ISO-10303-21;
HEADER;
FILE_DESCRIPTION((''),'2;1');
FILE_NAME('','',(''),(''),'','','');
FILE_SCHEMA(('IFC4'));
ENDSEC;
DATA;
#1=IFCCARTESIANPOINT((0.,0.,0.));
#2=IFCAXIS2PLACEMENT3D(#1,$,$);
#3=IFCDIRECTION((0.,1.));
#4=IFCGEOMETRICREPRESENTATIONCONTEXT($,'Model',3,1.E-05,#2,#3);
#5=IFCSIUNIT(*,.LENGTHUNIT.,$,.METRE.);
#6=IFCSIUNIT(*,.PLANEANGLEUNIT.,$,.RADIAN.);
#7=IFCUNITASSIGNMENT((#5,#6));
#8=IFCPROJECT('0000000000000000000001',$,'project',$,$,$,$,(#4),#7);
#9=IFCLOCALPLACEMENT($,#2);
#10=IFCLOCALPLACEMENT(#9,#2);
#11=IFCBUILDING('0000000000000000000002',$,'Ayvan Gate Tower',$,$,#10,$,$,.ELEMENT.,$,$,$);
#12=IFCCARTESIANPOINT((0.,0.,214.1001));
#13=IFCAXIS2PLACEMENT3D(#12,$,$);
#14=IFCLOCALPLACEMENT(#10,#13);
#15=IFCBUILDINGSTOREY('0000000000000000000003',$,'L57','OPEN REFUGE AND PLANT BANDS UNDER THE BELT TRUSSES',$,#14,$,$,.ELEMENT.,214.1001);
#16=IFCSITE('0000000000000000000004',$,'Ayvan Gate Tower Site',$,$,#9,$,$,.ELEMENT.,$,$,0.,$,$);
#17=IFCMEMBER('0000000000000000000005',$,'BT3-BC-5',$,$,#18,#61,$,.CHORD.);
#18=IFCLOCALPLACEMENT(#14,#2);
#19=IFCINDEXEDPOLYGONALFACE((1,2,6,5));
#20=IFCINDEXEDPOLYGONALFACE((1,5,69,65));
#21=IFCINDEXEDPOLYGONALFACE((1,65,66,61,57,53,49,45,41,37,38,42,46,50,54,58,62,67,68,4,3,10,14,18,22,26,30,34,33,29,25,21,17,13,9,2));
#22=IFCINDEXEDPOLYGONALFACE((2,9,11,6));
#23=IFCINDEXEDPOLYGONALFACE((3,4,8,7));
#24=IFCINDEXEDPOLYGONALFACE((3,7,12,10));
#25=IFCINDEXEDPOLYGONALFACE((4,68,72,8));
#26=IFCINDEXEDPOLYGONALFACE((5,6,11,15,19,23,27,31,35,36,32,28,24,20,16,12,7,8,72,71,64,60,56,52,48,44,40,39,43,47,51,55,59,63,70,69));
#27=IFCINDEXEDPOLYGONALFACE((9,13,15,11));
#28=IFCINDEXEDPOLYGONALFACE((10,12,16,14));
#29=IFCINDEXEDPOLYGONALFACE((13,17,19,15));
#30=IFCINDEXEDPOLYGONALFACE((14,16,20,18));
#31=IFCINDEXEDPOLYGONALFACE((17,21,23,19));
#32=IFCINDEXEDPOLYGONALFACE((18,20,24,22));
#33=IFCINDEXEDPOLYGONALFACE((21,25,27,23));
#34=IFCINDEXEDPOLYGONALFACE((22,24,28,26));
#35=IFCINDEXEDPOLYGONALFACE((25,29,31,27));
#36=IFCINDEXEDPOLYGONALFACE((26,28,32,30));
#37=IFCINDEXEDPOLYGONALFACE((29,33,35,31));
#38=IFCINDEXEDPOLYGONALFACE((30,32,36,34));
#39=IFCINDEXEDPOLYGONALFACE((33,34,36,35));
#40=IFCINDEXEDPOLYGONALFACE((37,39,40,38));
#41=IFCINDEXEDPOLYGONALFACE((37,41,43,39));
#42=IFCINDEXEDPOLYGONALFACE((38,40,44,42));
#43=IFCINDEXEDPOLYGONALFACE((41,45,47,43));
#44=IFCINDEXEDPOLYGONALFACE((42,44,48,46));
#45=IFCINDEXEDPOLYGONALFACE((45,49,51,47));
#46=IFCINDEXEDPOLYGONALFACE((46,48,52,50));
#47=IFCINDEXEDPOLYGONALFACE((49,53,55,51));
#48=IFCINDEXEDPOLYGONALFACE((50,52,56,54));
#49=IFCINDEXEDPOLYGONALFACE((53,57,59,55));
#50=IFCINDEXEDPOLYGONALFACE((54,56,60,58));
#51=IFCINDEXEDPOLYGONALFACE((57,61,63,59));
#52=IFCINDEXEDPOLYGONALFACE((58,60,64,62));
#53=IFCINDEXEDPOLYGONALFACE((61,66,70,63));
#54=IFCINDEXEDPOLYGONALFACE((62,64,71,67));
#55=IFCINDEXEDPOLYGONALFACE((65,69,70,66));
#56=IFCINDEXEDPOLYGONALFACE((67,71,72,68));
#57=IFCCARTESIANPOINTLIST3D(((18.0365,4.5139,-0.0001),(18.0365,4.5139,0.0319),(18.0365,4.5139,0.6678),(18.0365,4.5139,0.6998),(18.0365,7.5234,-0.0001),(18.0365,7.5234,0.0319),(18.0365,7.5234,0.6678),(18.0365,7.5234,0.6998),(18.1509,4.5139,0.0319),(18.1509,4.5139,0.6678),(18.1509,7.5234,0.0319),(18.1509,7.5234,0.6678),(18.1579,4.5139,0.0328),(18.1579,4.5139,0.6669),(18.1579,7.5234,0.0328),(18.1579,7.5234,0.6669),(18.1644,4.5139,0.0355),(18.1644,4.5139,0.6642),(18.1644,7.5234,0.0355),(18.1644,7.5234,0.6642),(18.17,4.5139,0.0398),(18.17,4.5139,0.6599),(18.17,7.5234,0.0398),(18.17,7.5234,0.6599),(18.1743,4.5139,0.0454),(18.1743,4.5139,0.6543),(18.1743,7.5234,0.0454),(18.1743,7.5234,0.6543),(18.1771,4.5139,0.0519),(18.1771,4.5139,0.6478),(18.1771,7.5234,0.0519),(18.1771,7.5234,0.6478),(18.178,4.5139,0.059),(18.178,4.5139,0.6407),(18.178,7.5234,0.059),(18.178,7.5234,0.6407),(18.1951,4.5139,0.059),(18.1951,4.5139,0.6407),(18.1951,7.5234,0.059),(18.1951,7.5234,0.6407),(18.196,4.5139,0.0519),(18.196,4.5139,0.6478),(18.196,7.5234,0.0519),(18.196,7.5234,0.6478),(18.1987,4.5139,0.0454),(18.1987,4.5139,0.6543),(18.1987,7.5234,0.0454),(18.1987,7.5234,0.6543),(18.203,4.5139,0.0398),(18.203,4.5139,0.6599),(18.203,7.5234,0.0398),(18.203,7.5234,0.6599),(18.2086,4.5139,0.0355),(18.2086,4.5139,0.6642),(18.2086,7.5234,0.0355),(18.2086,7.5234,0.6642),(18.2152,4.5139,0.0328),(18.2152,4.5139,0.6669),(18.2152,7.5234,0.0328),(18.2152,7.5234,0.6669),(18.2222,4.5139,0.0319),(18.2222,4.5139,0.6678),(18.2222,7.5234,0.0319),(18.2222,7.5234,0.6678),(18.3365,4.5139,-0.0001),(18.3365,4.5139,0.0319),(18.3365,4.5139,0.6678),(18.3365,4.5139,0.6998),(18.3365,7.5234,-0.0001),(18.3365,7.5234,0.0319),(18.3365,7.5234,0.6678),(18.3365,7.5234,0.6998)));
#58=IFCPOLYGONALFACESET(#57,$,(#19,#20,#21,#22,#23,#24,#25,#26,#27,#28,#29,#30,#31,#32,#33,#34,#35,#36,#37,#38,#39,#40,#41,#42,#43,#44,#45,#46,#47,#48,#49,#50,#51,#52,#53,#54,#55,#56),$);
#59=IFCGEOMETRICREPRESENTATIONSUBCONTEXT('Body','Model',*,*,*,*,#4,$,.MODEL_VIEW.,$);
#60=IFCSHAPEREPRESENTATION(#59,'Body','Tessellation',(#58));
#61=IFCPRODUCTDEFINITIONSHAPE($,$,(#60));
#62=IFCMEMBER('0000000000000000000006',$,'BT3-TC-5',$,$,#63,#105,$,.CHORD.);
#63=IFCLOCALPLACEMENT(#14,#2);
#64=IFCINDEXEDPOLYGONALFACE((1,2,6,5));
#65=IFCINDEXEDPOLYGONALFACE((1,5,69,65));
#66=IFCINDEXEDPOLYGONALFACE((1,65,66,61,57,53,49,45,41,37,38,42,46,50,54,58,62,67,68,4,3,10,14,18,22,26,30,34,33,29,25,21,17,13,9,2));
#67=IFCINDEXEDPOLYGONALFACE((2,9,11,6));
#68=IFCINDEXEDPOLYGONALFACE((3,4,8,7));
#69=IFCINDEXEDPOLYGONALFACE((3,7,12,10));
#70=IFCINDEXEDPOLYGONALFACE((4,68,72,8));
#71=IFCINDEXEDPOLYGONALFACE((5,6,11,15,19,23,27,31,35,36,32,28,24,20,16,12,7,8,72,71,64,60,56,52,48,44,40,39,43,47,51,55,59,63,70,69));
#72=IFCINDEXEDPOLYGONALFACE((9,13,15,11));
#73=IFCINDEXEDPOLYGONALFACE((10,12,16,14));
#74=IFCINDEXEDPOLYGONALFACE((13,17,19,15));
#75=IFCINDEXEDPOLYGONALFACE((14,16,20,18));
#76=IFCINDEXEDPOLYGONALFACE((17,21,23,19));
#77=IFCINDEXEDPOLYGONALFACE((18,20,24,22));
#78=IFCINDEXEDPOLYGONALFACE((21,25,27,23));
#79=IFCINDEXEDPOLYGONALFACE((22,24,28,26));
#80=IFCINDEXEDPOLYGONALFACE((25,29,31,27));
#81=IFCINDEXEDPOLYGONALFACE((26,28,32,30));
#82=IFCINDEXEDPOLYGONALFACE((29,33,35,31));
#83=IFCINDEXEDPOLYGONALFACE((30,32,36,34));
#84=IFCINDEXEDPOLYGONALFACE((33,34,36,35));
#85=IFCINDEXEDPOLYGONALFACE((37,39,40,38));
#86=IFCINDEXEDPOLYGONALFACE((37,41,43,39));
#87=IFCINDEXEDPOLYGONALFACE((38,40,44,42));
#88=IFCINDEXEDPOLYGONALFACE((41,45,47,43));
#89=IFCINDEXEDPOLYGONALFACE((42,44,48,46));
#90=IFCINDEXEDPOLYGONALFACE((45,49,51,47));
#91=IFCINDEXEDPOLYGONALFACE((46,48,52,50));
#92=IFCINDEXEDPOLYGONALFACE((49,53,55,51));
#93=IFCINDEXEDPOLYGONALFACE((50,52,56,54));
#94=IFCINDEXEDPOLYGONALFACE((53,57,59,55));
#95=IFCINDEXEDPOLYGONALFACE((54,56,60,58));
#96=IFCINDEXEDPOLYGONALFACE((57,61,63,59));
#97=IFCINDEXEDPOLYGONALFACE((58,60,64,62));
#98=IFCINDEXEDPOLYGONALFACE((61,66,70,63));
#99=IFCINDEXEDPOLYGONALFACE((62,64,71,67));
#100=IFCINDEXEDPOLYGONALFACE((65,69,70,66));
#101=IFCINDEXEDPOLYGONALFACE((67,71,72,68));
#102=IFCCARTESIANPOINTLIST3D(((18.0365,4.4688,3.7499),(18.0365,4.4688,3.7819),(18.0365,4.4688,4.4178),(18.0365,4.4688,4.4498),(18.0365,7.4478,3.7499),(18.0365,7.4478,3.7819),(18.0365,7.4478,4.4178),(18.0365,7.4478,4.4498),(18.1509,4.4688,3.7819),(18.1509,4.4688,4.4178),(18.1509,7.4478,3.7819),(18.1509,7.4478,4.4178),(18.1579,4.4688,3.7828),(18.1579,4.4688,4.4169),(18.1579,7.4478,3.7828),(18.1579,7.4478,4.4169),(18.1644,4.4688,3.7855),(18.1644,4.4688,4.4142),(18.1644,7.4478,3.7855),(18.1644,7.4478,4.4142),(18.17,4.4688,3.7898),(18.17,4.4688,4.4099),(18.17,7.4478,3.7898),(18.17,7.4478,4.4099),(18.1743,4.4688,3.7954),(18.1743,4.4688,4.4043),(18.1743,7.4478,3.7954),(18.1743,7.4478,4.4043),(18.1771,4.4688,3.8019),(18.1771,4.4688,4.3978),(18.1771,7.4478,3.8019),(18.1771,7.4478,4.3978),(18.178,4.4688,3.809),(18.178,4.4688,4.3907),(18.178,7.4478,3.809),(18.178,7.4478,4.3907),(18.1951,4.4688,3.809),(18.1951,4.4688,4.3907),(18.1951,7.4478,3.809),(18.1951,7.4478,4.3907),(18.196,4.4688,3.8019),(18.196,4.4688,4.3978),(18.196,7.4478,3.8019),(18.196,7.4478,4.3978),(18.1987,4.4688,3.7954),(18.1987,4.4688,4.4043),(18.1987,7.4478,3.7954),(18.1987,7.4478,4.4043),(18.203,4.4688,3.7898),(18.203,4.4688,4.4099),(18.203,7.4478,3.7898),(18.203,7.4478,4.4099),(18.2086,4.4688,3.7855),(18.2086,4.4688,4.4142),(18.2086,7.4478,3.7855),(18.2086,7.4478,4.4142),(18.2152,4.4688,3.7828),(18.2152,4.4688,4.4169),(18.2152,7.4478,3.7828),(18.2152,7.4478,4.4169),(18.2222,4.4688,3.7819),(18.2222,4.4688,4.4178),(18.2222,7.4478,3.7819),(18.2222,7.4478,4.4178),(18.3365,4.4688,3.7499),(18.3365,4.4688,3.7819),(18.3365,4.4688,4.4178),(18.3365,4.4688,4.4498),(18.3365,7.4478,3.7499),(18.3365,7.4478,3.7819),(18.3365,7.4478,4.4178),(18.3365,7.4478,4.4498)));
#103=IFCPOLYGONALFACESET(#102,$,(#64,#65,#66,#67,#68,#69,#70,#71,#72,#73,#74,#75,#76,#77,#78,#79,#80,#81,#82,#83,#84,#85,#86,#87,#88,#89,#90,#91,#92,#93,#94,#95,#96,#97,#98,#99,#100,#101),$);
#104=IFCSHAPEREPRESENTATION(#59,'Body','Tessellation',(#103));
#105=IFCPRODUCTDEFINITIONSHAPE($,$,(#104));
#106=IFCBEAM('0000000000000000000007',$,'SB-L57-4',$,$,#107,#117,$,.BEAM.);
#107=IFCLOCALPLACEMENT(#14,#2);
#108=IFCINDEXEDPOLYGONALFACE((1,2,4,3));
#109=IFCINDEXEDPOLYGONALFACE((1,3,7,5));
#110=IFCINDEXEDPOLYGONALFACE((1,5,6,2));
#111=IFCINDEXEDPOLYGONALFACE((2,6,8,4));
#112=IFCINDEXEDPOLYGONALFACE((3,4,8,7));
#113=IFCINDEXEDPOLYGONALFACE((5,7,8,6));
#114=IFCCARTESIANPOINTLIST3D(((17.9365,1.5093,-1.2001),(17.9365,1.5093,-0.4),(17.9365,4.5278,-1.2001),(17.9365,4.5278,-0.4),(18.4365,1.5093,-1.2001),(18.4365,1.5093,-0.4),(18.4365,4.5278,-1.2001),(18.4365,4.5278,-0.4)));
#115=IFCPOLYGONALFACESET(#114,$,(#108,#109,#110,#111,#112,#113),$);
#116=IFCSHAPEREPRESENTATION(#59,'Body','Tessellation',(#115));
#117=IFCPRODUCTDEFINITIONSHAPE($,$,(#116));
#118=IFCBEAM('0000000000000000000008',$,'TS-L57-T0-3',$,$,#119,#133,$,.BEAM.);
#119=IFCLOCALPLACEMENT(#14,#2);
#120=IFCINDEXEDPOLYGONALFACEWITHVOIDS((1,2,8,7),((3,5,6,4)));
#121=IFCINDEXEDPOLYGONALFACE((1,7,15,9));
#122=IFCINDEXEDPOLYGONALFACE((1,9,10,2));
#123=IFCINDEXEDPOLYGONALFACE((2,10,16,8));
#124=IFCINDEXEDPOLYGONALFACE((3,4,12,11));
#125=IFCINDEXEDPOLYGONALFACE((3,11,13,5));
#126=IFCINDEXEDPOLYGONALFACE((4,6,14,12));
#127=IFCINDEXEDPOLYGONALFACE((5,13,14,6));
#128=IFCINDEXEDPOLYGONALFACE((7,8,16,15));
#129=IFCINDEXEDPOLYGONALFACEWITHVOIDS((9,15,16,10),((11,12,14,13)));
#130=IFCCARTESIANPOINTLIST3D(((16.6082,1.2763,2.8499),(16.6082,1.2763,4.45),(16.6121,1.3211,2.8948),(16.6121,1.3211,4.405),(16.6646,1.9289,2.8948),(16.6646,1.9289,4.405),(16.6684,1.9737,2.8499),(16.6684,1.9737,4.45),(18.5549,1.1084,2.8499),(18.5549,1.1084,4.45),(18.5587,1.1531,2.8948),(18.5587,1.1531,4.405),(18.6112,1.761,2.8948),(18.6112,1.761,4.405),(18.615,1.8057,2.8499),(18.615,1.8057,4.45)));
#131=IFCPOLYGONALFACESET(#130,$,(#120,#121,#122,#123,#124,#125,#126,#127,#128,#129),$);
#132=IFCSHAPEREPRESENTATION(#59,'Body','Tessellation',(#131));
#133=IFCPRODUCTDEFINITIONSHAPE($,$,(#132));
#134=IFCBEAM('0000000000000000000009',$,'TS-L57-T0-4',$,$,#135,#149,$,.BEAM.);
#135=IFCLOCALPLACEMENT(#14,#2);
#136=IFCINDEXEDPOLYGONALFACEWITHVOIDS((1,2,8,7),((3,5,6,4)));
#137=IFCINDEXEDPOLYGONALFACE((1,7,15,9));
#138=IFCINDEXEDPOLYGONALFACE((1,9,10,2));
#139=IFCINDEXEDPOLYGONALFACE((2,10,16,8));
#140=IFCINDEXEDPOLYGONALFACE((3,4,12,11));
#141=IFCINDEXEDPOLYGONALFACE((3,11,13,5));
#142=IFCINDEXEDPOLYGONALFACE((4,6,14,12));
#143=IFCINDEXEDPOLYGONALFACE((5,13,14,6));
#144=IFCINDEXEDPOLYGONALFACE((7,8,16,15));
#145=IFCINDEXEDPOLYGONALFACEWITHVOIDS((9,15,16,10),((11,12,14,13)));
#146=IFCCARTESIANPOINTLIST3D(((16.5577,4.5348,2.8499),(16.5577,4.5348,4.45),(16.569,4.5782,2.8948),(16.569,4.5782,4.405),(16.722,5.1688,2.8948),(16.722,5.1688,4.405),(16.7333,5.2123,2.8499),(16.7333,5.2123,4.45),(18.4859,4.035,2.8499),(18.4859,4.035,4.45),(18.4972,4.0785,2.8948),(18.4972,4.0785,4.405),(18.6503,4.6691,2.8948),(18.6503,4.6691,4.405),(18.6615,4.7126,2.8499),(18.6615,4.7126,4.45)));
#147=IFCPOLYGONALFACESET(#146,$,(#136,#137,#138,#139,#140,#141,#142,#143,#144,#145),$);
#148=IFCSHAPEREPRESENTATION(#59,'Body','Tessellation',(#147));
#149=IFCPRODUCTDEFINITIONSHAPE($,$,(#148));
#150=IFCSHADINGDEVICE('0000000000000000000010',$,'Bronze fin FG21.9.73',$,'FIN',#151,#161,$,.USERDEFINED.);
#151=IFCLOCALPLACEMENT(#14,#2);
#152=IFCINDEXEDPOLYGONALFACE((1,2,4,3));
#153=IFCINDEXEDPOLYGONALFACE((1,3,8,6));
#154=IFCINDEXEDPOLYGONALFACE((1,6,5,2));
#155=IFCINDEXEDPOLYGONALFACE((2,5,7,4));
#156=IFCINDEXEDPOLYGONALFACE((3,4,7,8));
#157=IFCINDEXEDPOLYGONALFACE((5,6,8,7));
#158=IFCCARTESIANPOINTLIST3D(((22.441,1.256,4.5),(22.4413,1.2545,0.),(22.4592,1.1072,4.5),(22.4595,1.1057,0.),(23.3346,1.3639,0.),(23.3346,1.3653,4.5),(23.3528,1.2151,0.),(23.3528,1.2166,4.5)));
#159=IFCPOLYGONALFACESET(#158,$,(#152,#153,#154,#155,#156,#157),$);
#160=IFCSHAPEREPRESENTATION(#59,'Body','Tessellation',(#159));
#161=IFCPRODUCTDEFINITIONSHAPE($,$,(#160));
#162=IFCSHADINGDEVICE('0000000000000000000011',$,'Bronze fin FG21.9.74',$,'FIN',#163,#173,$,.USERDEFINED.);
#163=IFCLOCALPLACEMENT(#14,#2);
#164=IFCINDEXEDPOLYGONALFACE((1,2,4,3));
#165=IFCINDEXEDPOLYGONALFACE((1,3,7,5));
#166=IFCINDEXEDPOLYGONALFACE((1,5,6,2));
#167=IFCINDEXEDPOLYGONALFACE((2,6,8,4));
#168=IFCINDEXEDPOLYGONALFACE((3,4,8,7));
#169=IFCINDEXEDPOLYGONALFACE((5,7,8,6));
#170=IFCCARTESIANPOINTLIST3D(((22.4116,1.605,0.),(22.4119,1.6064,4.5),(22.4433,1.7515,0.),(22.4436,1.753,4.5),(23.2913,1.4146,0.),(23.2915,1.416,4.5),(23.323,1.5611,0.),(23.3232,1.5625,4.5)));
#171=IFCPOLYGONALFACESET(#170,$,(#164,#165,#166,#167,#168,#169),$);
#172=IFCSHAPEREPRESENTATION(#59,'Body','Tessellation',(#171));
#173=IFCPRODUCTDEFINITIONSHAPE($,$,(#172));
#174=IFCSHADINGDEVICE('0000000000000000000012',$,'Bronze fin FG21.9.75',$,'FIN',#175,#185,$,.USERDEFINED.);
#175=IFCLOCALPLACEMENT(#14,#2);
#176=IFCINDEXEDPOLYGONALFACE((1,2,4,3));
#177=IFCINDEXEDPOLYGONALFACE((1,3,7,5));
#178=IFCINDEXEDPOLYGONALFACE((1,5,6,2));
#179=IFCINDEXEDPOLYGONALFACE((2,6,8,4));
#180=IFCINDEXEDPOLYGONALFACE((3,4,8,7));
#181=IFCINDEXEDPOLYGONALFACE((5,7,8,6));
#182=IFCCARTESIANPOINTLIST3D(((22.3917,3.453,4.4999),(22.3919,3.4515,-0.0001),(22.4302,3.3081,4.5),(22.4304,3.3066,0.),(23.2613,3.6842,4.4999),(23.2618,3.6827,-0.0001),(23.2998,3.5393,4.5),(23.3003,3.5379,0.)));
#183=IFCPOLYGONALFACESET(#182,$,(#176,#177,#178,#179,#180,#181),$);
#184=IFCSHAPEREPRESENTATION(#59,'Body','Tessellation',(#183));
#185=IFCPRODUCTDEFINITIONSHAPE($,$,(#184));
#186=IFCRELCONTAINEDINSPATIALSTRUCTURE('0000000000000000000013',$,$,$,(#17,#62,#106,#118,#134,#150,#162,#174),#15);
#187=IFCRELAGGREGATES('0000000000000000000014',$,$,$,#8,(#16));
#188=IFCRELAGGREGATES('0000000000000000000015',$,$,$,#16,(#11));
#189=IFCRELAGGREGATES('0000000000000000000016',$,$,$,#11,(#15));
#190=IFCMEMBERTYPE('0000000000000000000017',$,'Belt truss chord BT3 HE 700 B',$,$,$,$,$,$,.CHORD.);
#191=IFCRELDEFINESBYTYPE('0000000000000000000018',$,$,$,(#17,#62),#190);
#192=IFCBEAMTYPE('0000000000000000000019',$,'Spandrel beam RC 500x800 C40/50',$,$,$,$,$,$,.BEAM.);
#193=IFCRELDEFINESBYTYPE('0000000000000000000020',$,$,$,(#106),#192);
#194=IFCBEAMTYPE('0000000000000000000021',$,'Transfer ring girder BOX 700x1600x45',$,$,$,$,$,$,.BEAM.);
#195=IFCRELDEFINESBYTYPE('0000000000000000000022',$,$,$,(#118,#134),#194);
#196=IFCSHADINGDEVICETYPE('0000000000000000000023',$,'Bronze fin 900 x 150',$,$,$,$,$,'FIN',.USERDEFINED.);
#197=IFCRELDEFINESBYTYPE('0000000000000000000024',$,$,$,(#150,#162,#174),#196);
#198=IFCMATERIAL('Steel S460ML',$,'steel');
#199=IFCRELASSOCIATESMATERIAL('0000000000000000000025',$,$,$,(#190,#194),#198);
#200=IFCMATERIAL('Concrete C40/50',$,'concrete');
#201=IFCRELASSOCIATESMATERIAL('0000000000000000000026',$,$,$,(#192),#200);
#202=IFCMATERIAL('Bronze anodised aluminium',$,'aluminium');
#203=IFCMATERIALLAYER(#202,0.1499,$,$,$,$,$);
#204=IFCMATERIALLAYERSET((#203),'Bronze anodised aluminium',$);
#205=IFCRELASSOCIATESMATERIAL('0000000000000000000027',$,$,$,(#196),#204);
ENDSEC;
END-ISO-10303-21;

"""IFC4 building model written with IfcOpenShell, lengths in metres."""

from ifc_helpers import new_model, si_unit, direction, frame, origin, origin_2d, place, context, subcontext, project, spatial, polyline, rectangle, hollow_rectangle, i_section, outline, extrude, material, layer, layer_set, material_profile, profile_set, type_object, element, save


model = new_model("IFC4")

# Units and contexts
model_context = context("Model", 3, precision=1e-05, world=origin(), true_north=direction((0.0, 1.0)))
body_context = subcontext(model_context, "Body", "Model", "MODEL_VIEW")
ifc_project = project(units=[si_unit("LENGTHUNIT", "METRE"), si_unit("PLANEANGLEUNIT", "RADIAN")], contexts=[model_context])

# Site, building, storey
site_placement = place(None, origin())
site = spatial("IfcSite", under=ifc_project, at=site_placement, Name="Ayvan Gate Tower Site", CompositionType="ELEMENT", RefElevation=0.0)
building_placement = place(site_placement, origin())
building = spatial("IfcBuilding", under=site, at=building_placement, Name="Ayvan Gate Tower", CompositionType="ELEMENT")
storey_placement = place(building_placement, frame((0.0, 0.0, 214.1001)))
storey = spatial("IfcBuildingStorey", under=building, at=storey_placement, Name="L57", Description="OPEN REFUGE AND PLANT BANDS UNDER THE BELT TRUSSES", CompositionType="ELEMENT", Elevation=214.1001)

# Members
ifc_material_1 = material(Name="Steel S460ML", Category="steel")
ifc_material_profile_1 = material_profile(ifc_material_1, i_section(OverallWidth=0.3, OverallDepth=0.7, WebThickness=0.0171, FlangeThickness=0.032, FilletRadius=0.0271, at=origin_2d()), Name="HE 700 B")
ifc_profile_set_1 = profile_set([ifc_material_profile_1], Name="Steel S460ML")
member_type_1 = type_object("IfcMemberType", Name="Belt truss chord BT3 HE 700 B", PredefinedType="CHORD", material=ifc_profile_set_1)
member_1_placement = place(storey_placement, frame((18.1865, 4.5139, 0.3499), z_axis=(0.0, 1.0, 0.0), x_axis=(-1.0, 0.0, 0.0)))
element("IfcMember", 1, at=member_1_placement, inside=storey, type_object=member_type_1, Name="BT3-BC-5", PredefinedType="CHORD", context=body_context, shape_type="SweptSolid", body=[
    extrude(i_section(OverallWidth=0.3, OverallDepth=0.7, WebThickness=0.0171, FlangeThickness=0.032, FilletRadius=0.0271, at=origin_2d()), origin(), (0.0, 0.0, 1.0), 3.0095),
])
member_2_placement = place(storey_placement, frame((18.1865, 4.4688, 4.0999), z_axis=(0.0, 1.0, 0.0), x_axis=(-1.0, 0.0, 0.0)))
element("IfcMember", 2, at=member_2_placement, inside=storey, type_object=member_type_1, Name="BT3-TC-5", PredefinedType="CHORD", context=body_context, shape_type="SweptSolid", body=[
    extrude(i_section(OverallWidth=0.3, OverallDepth=0.7, WebThickness=0.0171, FlangeThickness=0.032, FilletRadius=0.0271, at=origin_2d()), origin(), (0.0, 0.0, 1.0), 2.979),
])

# Beams
ifc_material_2 = material(Name="Concrete C40/50", Category="concrete")
ifc_material_profile_2 = material_profile(ifc_material_2, rectangle(XDim=0.5, YDim=0.8, at=origin_2d()), Name="RC 500x800")
ifc_profile_set_2 = profile_set([ifc_material_profile_2], Name="Concrete C40/50")
beam_type_1 = type_object("IfcBeamType", Name="Spandrel beam RC 500x800 C40/50", PredefinedType="BEAM", material=ifc_profile_set_2)
beam_1_placement = place(storey_placement, frame((18.1865, 1.5093, -0.8), z_axis=(0.0, 1.0, 0.0), x_axis=(-1.0, 0.0, 0.0)))
element("IfcBeam", 3, at=beam_1_placement, inside=storey, type_object=beam_type_1, Name="SB-L57-4", PredefinedType="BEAM", context=body_context, shape_type="SweptSolid", body=[
    extrude(rectangle(XDim=0.5, YDim=0.8, at=origin_2d()), origin(), (0.0, 0.0, 1.0), 3.0186),
])
ifc_material_profile_3 = material_profile(ifc_material_1, hollow_rectangle(XDim=0.7, YDim=1.6001, WallThickness=0.0449, at=origin_2d()), Name="BOX 700x1600x45")
ifc_profile_set_3 = profile_set([ifc_material_profile_3], Name="Steel S460ML")
beam_type_2 = type_object("IfcBeamType", Name="Transfer ring girder BOX 700x1600x45", PredefinedType="BEAM", material=ifc_profile_set_3)
beam_2_placement = place(storey_placement, frame((18.585, 1.457, 3.6499), z_axis=(-0.996298, 0.085972, 0.0), x_axis=(-0.085972, -0.996298, 0.0)))
element("IfcBeam", 4, at=beam_2_placement, inside=storey, type_object=beam_type_2, Name="TS-L57-T0-3", PredefinedType="BEAM", context=body_context, shape_type="SweptSolid", body=[
    extrude(hollow_rectangle(XDim=0.7, YDim=1.6001, WallThickness=0.0449, at=origin_2d()), origin(), (0.0, 0.0, 1.0), 1.9539),
])
beam_3_placement = place(storey_placement, frame((18.5737, 4.3738, 3.6499), z_axis=(-0.968016, 0.25089, 0.0), x_axis=(-0.25089, -0.968016, 0.0)))
element("IfcBeam", 5, at=beam_3_placement, inside=storey, type_object=beam_type_2, Name="TS-L57-T0-4", PredefinedType="BEAM", context=body_context, shape_type="SweptSolid", body=[
    extrude(hollow_rectangle(XDim=0.7, YDim=1.6001, WallThickness=0.0449, at=origin_2d()), origin(), (0.0, 0.0, 1.0), 1.9919),
])

# Shading devices
ifc_material_3 = material(Name="Bronze anodised aluminium", Category="aluminium")
ifc_layer_1 = layer(ifc_material_3, 0.1499)
ifc_layer_set_1 = layer_set([ifc_layer_1], Name="Bronze anodised aluminium")
shading_device_type = type_object("IfcShadingDeviceType", Name="Bronze fin 900 x 150", ElementType="FIN", PredefinedType="USERDEFINED", material=ifc_layer_set_1)
shading_device_1_placement = place(storey_placement, frame((22.4595, 1.1057, 0.0), z_axis=(0.121514, -0.99259, 0.000326), x_axis=(0.99259, 0.121514, 0.0)))
element("IfcShadingDevice", 6, at=shading_device_1_placement, inside=storey, type_object=shading_device_type, Name="Bronze fin FG21.9.73", ObjectType="FIN", PredefinedType="USERDEFINED", context=body_context, shape_type="SweptSolid", body=[
    extrude(outline(polyline([(0.0, 0.0), (0.9, 0.0), (0.9002, 4.5), (-0.0001, 4.5), (0.0, 0.0)])), origin(), (0.0, 0.0, -1.0), 0.1499),
])
shading_device_2_placement = place(storey_placement, frame((22.4116, 1.605, 0.0), z_axis=(-0.211585, -0.97736, 0.00033), x_axis=(0.97736, -0.211585, 0.0)))
element("IfcShadingDevice", 7, at=shading_device_2_placement, inside=storey, type_object=shading_device_type, Name="Bronze fin FG21.9.74", ObjectType="FIN", PredefinedType="USERDEFINED", context=body_context, shape_type="SweptSolid", body=[
    extrude(outline(polyline([(0.0, 0.0), (0.9, 0.0), (0.8999, 4.5), (-0.0001, 4.5), (0.0, 0.0)])), origin(), (0.0, 0.0, -1.0), 0.1499),
])
shading_device_3_placement = place(storey_placement, frame((22.4304, 3.3066, 0.0), z_axis=(0.256903, -0.966437, 0.000336), x_axis=(0.966437, 0.256903, 0.0)))
element("IfcShadingDevice", 8, at=shading_device_3_placement, inside=storey, type_object=shading_device_type, Name="Bronze fin FG21.9.75", ObjectType="FIN", PredefinedType="USERDEFINED", context=body_context, shape_type="SweptSolid", body=[
    extrude(outline(polyline([(0.0, 0.0), (0.9001, 0.0), (0.9, 4.5), (0.0001, 4.5), (0.0, 0.0)])), origin(), (0.0, 0.0, -1.0), 0.1499),
])

save(model, "model.ifc")
